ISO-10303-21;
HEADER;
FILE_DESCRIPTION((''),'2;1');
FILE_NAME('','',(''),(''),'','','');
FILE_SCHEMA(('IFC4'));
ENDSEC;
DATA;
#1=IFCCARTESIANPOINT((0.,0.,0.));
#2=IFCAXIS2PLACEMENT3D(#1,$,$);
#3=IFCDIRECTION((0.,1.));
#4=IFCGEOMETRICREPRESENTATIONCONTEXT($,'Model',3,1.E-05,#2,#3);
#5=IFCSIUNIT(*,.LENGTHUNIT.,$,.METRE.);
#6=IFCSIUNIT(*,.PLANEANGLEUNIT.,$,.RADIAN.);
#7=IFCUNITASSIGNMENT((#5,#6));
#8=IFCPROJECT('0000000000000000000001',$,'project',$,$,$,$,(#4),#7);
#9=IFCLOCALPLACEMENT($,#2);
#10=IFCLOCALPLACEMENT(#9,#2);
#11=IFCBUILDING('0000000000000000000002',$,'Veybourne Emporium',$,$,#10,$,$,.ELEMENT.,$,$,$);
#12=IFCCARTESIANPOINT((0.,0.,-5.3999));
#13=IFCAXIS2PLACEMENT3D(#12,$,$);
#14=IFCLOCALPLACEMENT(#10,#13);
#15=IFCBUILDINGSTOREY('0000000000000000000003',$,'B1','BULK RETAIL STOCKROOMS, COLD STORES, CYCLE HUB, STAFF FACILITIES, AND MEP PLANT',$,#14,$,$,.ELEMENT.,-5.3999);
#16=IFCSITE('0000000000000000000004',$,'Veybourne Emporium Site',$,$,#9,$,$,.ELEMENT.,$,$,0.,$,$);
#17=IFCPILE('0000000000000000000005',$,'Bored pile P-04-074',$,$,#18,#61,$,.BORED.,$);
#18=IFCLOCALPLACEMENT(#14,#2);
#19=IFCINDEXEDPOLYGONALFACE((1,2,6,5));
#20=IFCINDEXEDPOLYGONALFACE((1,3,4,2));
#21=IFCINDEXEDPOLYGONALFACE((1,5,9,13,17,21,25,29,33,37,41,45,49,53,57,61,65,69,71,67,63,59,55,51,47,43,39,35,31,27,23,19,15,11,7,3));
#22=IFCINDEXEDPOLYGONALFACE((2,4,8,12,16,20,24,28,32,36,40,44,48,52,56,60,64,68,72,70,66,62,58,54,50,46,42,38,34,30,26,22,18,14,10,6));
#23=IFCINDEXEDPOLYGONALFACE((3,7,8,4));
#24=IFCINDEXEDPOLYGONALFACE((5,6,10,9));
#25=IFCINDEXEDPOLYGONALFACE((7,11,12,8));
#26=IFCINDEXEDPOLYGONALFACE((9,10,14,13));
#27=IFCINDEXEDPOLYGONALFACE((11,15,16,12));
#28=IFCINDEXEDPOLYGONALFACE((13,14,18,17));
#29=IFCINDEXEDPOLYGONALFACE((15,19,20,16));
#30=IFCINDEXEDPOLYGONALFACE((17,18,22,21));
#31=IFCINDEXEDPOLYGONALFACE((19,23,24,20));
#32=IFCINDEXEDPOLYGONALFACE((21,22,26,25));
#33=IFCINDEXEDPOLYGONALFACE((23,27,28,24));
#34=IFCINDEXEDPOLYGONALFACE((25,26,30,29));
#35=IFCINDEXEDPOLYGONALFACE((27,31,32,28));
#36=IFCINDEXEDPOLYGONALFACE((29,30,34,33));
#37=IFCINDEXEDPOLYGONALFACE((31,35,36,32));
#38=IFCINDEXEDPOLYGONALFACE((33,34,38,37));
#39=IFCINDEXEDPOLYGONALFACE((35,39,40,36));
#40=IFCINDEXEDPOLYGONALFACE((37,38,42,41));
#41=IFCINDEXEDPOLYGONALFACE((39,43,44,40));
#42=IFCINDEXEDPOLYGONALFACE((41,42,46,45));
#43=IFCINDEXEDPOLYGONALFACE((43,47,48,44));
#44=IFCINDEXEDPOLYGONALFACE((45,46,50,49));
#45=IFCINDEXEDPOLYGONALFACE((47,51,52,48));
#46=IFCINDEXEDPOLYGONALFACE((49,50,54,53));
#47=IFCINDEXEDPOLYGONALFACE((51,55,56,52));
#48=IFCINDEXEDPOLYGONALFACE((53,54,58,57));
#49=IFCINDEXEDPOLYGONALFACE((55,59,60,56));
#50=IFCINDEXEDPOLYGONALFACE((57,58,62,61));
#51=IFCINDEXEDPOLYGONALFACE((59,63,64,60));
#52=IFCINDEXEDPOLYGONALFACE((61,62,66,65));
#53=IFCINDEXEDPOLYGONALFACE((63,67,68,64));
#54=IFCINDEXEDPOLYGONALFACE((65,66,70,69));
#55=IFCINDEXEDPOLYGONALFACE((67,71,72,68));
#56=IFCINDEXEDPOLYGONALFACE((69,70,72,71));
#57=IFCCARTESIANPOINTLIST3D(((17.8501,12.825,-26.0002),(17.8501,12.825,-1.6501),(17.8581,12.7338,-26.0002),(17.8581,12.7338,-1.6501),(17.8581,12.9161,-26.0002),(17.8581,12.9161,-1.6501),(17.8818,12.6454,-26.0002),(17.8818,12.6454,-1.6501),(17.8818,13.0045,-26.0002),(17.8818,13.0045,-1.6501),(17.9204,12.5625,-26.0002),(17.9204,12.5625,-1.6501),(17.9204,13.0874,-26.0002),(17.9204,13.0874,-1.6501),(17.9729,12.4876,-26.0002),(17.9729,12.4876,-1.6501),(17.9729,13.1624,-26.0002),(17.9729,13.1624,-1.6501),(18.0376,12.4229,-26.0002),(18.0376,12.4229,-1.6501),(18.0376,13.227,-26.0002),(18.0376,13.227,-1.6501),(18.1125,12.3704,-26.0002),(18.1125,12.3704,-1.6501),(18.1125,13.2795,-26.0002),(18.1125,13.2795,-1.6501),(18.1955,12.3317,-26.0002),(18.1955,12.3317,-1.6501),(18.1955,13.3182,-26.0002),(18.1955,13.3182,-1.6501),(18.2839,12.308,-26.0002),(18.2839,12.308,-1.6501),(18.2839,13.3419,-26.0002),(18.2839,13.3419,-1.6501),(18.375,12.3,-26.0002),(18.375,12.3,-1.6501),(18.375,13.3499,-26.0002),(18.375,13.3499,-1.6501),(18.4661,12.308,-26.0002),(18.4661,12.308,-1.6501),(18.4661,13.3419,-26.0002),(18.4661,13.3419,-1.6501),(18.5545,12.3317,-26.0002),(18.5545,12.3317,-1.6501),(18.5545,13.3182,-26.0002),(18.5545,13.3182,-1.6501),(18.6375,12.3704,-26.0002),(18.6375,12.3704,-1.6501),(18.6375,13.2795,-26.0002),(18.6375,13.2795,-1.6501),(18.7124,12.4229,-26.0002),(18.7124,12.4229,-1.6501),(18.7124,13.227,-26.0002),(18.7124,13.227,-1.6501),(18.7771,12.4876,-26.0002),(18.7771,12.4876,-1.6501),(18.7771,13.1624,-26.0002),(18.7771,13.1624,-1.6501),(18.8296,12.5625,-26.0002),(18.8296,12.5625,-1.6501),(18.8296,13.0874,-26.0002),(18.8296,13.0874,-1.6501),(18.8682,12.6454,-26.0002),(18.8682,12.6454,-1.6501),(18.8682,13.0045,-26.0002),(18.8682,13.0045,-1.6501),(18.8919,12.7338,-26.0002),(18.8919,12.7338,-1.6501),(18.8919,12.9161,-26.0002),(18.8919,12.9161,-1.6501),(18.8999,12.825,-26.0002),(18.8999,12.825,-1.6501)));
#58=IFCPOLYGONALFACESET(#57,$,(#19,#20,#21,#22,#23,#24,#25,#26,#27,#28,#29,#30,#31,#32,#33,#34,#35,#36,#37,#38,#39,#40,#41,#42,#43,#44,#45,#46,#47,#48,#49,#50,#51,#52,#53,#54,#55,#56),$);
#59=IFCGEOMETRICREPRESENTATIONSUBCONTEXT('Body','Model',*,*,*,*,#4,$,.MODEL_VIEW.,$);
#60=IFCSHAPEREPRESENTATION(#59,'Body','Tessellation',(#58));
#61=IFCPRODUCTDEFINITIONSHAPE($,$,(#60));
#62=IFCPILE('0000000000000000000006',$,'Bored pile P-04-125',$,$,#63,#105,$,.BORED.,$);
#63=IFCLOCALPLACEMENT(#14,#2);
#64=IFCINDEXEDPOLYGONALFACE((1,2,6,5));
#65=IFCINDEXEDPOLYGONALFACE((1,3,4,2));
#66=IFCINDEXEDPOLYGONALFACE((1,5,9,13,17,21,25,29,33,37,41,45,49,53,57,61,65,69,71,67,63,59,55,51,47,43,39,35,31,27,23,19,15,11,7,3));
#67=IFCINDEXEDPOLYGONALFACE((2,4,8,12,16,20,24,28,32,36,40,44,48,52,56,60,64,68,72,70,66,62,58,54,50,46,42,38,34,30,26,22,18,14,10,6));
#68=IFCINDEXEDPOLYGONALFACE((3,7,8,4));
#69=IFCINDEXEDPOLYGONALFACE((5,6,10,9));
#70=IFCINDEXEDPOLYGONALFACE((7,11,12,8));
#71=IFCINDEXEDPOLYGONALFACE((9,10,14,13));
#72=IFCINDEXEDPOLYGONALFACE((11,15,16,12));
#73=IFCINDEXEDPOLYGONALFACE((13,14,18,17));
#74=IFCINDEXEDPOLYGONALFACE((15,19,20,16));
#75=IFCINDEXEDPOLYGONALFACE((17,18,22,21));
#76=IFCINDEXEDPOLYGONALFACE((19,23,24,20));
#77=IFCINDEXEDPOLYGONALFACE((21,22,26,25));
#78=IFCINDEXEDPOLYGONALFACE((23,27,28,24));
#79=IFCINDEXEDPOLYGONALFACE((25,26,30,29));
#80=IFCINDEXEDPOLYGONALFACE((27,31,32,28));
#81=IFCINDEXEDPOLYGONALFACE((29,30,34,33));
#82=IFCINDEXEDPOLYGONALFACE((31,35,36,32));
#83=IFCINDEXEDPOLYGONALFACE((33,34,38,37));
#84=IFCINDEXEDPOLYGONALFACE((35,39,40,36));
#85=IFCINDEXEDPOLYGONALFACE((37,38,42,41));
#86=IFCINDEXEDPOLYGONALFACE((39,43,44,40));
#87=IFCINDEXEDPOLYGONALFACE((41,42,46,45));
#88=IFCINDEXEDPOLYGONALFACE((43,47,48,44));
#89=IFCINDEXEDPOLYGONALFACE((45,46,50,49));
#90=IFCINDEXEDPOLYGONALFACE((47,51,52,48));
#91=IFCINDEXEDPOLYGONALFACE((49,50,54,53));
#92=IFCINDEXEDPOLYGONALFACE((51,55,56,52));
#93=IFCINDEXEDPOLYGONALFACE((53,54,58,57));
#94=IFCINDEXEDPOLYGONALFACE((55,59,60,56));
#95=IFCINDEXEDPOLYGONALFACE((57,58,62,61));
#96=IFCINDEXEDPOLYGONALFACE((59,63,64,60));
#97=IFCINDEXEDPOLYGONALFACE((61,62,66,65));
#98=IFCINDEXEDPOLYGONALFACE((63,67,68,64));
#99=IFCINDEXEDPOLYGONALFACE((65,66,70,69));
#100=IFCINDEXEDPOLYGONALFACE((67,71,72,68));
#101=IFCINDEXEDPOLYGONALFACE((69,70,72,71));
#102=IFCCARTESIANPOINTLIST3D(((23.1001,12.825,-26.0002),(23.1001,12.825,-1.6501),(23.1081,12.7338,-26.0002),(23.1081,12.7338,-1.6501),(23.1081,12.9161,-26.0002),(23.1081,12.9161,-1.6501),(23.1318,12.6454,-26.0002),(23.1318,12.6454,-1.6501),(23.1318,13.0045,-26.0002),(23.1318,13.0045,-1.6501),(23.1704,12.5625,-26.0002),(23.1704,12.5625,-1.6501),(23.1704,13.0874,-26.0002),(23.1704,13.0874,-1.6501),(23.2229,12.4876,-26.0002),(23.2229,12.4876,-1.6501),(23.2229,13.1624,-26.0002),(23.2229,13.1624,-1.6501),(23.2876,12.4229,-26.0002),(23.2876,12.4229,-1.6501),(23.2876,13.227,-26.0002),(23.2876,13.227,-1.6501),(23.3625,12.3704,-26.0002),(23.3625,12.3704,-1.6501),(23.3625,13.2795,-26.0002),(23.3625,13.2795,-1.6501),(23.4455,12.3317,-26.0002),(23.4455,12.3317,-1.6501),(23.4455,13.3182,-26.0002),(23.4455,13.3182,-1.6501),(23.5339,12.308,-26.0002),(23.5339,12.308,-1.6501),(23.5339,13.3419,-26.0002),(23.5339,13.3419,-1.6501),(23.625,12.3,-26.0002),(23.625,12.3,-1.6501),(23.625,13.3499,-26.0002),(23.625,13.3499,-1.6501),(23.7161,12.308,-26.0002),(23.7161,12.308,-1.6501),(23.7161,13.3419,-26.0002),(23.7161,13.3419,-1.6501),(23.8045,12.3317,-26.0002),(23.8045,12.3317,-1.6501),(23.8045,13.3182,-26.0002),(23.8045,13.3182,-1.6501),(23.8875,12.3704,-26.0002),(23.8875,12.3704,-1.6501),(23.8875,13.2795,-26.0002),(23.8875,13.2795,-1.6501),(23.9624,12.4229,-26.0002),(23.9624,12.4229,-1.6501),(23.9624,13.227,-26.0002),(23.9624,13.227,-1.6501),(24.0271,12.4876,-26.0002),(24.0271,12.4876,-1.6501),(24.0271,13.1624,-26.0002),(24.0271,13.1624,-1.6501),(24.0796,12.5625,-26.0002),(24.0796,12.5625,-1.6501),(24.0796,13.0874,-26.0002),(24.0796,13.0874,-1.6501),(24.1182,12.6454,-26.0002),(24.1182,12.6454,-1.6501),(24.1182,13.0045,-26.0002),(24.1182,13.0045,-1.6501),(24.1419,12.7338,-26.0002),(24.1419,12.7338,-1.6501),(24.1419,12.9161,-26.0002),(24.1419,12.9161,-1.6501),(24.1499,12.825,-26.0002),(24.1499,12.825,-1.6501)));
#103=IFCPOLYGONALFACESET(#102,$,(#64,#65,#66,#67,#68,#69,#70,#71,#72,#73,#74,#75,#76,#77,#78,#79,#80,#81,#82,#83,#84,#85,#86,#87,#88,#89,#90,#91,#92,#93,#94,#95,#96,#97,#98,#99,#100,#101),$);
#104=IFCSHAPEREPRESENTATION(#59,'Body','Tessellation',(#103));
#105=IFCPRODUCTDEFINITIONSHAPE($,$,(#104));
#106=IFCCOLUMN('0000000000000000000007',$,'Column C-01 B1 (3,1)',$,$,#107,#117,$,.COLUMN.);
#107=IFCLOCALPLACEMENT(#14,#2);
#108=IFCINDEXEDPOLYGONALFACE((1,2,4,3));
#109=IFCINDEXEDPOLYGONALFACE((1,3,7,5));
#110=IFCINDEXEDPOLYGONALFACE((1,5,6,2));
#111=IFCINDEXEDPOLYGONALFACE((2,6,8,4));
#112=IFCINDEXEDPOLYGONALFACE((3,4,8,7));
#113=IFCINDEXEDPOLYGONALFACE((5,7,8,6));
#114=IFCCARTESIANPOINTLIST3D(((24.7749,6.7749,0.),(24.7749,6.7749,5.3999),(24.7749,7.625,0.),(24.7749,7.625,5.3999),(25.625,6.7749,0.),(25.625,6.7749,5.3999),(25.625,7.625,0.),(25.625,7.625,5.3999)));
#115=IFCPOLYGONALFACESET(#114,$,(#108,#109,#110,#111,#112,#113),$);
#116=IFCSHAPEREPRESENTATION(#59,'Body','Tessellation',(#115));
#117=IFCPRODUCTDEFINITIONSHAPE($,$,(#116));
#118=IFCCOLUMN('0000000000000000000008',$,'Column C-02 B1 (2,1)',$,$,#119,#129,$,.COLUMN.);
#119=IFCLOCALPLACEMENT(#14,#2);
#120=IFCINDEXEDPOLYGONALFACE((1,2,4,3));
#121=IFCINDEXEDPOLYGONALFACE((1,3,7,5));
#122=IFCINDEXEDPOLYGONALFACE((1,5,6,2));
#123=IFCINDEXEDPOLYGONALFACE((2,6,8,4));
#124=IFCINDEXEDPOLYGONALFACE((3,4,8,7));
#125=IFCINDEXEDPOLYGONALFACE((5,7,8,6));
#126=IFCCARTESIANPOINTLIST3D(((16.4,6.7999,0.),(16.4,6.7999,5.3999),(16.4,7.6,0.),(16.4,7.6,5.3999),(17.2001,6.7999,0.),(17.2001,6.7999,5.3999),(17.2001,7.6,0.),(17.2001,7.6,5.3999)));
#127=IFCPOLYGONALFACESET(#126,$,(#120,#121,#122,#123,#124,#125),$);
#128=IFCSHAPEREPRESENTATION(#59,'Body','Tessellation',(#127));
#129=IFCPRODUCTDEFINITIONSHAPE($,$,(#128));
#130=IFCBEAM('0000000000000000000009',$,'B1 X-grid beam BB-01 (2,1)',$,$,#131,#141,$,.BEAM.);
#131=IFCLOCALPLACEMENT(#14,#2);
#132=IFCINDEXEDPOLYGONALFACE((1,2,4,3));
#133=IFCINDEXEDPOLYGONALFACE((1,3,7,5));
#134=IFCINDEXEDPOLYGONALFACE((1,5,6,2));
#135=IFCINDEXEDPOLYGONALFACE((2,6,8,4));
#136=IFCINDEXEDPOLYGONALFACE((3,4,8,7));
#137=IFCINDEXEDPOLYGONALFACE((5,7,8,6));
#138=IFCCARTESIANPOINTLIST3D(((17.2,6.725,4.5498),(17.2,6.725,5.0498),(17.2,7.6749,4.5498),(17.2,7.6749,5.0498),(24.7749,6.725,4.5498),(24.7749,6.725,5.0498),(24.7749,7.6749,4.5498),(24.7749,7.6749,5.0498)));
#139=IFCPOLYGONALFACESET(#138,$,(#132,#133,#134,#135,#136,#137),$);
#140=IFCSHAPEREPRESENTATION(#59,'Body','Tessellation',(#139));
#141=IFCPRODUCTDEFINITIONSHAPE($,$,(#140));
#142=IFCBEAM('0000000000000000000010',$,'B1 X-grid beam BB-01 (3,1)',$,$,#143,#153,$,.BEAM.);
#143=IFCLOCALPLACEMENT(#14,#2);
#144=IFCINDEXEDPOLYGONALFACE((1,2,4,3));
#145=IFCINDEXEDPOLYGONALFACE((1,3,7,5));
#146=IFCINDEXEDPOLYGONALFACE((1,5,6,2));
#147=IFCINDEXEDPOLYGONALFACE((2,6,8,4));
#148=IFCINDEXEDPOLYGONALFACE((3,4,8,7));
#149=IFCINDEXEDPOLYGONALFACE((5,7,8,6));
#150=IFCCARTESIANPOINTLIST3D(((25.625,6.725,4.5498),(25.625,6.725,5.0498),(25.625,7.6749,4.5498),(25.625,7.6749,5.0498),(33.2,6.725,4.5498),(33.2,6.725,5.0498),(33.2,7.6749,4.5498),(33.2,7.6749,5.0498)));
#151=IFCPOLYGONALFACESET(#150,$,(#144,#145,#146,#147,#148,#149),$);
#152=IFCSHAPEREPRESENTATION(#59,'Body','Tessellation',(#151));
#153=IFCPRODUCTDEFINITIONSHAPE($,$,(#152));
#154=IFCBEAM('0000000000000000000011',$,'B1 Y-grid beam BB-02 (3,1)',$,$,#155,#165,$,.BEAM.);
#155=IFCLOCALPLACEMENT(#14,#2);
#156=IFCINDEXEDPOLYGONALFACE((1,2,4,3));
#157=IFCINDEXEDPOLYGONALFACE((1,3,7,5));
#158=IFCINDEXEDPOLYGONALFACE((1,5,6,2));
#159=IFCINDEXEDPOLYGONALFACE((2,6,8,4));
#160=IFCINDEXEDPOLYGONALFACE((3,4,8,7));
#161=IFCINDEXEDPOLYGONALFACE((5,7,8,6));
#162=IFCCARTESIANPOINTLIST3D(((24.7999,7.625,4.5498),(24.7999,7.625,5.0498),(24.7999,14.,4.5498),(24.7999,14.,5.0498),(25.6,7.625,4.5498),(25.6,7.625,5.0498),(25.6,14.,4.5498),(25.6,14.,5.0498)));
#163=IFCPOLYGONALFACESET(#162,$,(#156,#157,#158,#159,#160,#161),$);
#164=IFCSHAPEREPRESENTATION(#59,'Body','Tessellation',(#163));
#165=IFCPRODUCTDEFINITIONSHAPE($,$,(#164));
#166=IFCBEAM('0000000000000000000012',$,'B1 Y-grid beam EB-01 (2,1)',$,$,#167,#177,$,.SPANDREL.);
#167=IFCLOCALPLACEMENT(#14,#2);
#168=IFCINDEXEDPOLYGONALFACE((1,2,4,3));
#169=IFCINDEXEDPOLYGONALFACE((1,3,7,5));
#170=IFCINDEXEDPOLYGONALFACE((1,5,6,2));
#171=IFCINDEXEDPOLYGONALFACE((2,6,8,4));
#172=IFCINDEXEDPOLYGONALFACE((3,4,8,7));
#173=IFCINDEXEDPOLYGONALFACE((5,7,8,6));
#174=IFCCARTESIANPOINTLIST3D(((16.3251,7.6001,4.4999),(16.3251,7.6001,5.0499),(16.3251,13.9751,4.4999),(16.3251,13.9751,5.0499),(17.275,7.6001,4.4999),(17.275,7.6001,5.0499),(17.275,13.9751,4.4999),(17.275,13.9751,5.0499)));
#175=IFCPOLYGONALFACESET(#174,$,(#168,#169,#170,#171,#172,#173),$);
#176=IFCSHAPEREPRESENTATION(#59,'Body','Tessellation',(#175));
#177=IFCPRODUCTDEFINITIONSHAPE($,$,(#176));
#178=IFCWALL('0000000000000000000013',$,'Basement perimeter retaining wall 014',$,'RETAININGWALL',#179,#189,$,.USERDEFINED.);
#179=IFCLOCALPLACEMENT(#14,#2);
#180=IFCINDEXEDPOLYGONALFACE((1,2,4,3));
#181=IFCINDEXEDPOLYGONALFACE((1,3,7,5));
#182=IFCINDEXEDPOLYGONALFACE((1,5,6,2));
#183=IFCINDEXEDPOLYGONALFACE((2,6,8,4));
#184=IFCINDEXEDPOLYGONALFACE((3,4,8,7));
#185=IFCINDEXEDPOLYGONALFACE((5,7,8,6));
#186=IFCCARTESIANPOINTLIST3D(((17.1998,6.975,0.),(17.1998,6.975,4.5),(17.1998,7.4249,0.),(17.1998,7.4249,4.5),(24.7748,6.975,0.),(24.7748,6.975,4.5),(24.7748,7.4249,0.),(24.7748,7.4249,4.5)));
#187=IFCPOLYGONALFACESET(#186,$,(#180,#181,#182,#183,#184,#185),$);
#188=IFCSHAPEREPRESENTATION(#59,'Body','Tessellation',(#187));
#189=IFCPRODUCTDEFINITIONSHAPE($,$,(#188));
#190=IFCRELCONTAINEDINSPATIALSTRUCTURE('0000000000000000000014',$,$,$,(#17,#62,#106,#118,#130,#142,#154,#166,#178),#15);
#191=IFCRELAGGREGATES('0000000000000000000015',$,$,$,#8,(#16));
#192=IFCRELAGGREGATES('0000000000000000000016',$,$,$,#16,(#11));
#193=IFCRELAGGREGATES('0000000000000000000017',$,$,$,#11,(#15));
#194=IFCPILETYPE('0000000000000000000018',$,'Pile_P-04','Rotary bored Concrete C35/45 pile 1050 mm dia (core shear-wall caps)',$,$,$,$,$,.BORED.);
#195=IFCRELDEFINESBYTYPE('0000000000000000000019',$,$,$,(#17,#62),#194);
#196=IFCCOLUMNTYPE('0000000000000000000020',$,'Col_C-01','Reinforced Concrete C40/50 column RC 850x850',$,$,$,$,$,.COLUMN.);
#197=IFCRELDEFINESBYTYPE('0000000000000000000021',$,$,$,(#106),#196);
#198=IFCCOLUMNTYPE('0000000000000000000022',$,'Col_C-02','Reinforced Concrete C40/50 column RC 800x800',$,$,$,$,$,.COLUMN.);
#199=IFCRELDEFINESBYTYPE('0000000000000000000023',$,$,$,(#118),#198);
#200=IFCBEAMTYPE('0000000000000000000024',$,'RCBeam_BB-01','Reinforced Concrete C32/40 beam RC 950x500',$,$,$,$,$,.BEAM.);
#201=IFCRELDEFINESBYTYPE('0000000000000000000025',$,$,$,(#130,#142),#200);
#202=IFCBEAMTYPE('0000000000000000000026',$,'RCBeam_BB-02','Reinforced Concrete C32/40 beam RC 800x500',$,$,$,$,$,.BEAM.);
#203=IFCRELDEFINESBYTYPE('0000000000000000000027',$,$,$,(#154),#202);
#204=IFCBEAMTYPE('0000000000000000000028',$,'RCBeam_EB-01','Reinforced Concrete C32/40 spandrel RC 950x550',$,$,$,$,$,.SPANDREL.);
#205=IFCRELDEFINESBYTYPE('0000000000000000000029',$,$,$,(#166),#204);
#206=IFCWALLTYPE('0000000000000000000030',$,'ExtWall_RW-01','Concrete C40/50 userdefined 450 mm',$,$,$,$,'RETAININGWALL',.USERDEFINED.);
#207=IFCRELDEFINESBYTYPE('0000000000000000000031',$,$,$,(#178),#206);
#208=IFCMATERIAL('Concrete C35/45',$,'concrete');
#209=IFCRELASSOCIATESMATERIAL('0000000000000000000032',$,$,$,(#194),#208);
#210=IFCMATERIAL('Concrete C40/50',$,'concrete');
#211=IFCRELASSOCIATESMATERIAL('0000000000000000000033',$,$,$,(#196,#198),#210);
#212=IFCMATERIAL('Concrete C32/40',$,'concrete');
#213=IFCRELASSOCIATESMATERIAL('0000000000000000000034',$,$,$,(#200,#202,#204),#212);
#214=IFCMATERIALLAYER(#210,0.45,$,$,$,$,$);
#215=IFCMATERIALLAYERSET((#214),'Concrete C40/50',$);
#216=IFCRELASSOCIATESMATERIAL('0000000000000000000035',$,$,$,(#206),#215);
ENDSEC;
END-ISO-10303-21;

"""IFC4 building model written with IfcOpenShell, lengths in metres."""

from ifc_helpers import new_model, si_unit, direction, frame, frame_2d, origin, origin_2d, place, context, subcontext, project, spatial, rectangle, circle, extrude, material, layer, layer_set, material_profile, profile_set, type_object, element, save


model = new_model("IFC4")

# Units and contexts
model_context = context("Model", 3, precision=1e-05, world=origin(), true_north=direction((0.0, 1.0)))
body_context = subcontext(model_context, "Body", "Model", "MODEL_VIEW")
ifc_project = project(units=[si_unit("LENGTHUNIT", "METRE"), si_unit("PLANEANGLEUNIT", "RADIAN")], contexts=[model_context])

# Site, building, storey
site_placement = place(None, origin())
site = spatial("IfcSite", under=ifc_project, at=site_placement, Name="Veybourne Emporium Site", CompositionType="ELEMENT", RefElevation=0.0)
building_placement = place(site_placement, origin())
building = spatial("IfcBuilding", under=site, at=building_placement, Name="Veybourne Emporium", CompositionType="ELEMENT")
storey_placement = place(building_placement, frame((0.0, 0.0, -5.3999)))
storey = spatial("IfcBuildingStorey", under=building, at=storey_placement, Name="B1", Description="BULK RETAIL STOCKROOMS, COLD STORES, CYCLE HUB, STAFF FACILITIES, AND MEP PLANT", CompositionType="ELEMENT", Elevation=-5.3999)

# Shared definitions
ifc_material_1 = material(Name="Concrete C35/45", Category="concrete")

# Piles
ifc_material_profile_1 = material_profile(ifc_material_1, circle(Radius=0.5249, at=origin_2d()), Name="BORED PILE 1050")
ifc_profile_set_1 = profile_set([ifc_material_profile_1], Name="Concrete C35/45")
pile_type_1 = type_object("IfcPileType", Name="Pile_P-04", Description="Rotary bored Concrete C35/45 pile 1050 mm dia (core shear-wall caps)", PredefinedType="BORED", material=ifc_profile_set_1)
for number, where, z_axis, x_axis, name in (
    (1, (18.375, 12.825, -1.6501), (0.0, 0.0, -1.0), (1.0, 0.0, 0.0), "Bored pile P-04-074"),
    (2, (23.625, 12.825, -1.6501), (0.0, 0.0, -1.0), (1.0, 0.0, 0.0), "Bored pile P-04-125"),
):
    element("IfcPile", number, at=place(storey_placement, frame(where, z_axis=z_axis, x_axis=x_axis)), inside=storey, type_object=pile_type_1, Name=name, PredefinedType="BORED", context=body_context, shape_type="SweptSolid", body=[
        extrude(circle(Radius=0.5249, at=origin_2d()), origin(), (0.0, 0.0, 1.0), 24.3501),
    ])

# Columns
ifc_material_2 = material(Name="Concrete C40/50", Category="concrete")
ifc_material_profile_2 = material_profile(ifc_material_2, rectangle(XDim=0.8501, YDim=0.8501, at=origin_2d()), Name="RC 850x850")
ifc_profile_set_2 = profile_set([ifc_material_profile_2], Name="Concrete C40/50")
column_type_1 = type_object("IfcColumnType", Name="Col_C-01", Description="Reinforced Concrete C40/50 column RC 850x850", PredefinedType="COLUMN", material=ifc_profile_set_2)
column_1_placement = place(storey_placement, frame((25.2, 7.2, 0.0), z_axis=(0.0, 0.0, 1.0), x_axis=(1.0, 0.0, 0.0)))
element("IfcColumn", 3, at=column_1_placement, inside=storey, type_object=column_type_1, Name="Column C-01 B1 (3,1)", PredefinedType="COLUMN", context=body_context, shape_type="SweptSolid", body=[
    extrude(rectangle(XDim=0.8501, YDim=0.8501, at=origin_2d()), origin(), (0.0, 0.0, 1.0), 5.3999),
])
ifc_material_profile_3 = material_profile(ifc_material_2, rectangle(XDim=0.8, YDim=0.8, at=origin_2d()), Name="RC 800x800")
ifc_profile_set_3 = profile_set([ifc_material_profile_3], Name="Concrete C40/50")
column_type_2 = type_object("IfcColumnType", Name="Col_C-02", Description="Reinforced Concrete C40/50 column RC 800x800", PredefinedType="COLUMN", material=ifc_profile_set_3)
column_2_placement = place(storey_placement, frame((16.8, 7.2, 0.0), z_axis=(0.0, 0.0, 1.0), x_axis=(1.0, 0.0, 0.0)))
element("IfcColumn", 4, at=column_2_placement, inside=storey, type_object=column_type_2, Name="Column C-02 B1 (2,1)", PredefinedType="COLUMN", context=body_context, shape_type="SweptSolid", body=[
    extrude(rectangle(XDim=0.8, YDim=0.8, at=origin_2d()), origin(), (0.0, 0.0, 1.0), 5.3999),
])

# Beams
ifc_material_3 = material(Name="Concrete C32/40", Category="concrete")
ifc_material_profile_4 = material_profile(ifc_material_3, rectangle(XDim=0.95, YDim=0.5, at=origin_2d()), Name="RC 950x500")
ifc_profile_set_4 = profile_set([ifc_material_profile_4], Name="Concrete C32/40")
beam_type_1 = type_object("IfcBeamType", Name="RCBeam_BB-01", Description="Reinforced Concrete C32/40 beam RC 950x500", PredefinedType="BEAM", material=ifc_profile_set_4)
for number, where, z_axis, x_axis, name in (
    (5, (17.2, 7.2, 4.7998), (1.0, 0.0, 0.0), (0.0, 1.0, 0.0), "B1 X-grid beam BB-01 (2,1)"),
    (6, (25.625, 7.2, 4.7998), (1.0, 0.0, 0.0), (0.0, 1.0, 0.0), "B1 X-grid beam BB-01 (3,1)"),
):
    element("IfcBeam", number, at=place(storey_placement, frame(where, z_axis=z_axis, x_axis=x_axis)), inside=storey, type_object=beam_type_1, Name=name, PredefinedType="BEAM", context=body_context, shape_type="SweptSolid", body=[
        extrude(rectangle(XDim=0.95, YDim=0.5, at=origin_2d()), origin(), (0.0, 0.0, 1.0), 7.575),
    ])
ifc_material_profile_5 = material_profile(ifc_material_3, rectangle(XDim=0.8, YDim=0.5, at=origin_2d()), Name="RC 800x500")
ifc_profile_set_5 = profile_set([ifc_material_profile_5], Name="Concrete C32/40")
beam_type_2 = type_object("IfcBeamType", Name="RCBeam_BB-02", Description="Reinforced Concrete C32/40 beam RC 800x500", PredefinedType="BEAM", material=ifc_profile_set_5)
beam_1_placement = place(storey_placement, frame((25.2, 7.625, 4.7998), z_axis=(0.0, 1.0, 0.0), x_axis=(-1.0, 0.0, 0.0)))
element("IfcBeam", 7, at=beam_1_placement, inside=storey, type_object=beam_type_2, Name="B1 Y-grid beam BB-02 (3,1)", PredefinedType="BEAM", context=body_context, shape_type="SweptSolid", body=[
    extrude(rectangle(XDim=0.8, YDim=0.5, at=origin_2d()), origin(), (0.0, 0.0, 1.0), 6.375),
])
ifc_material_profile_6 = material_profile(ifc_material_3, rectangle(XDim=0.95, YDim=0.55, at=origin_2d()), Name="RC 950x550")
ifc_profile_set_6 = profile_set([ifc_material_profile_6], Name="Concrete C32/40")
beam_type_3 = type_object("IfcBeamType", Name="RCBeam_EB-01", Description="Reinforced Concrete C32/40 spandrel RC 950x550", PredefinedType="SPANDREL", material=ifc_profile_set_6)
beam_2_placement = place(storey_placement, frame((16.8, 7.6001, 4.7749), z_axis=(0.0, 1.0, 0.0), x_axis=(-1.0, 0.0, 0.0)))
element("IfcBeam", 8, at=beam_2_placement, inside=storey, type_object=beam_type_3, Name="B1 Y-grid beam EB-01 (2,1)", PredefinedType="SPANDREL", context=body_context, shape_type="SweptSolid", body=[
    extrude(rectangle(XDim=0.95, YDim=0.55, at=origin_2d()), origin(), (0.0, 0.0, 1.0), 6.375),
])

# Wall
ifc_layer_1 = layer(ifc_material_2, 0.45)
ifc_layer_set_1 = layer_set([ifc_layer_1], Name="Concrete C40/50")
wall_type_1 = type_object("IfcWallType", Name="ExtWall_RW-01", Description="Concrete C40/50 userdefined 450 mm", ElementType="RETAININGWALL", PredefinedType="USERDEFINED", material=ifc_layer_set_1)
wall_1_placement = place(storey_placement, frame((24.7749, 7.2, 0.0), z_axis=(0.0, 0.0, 1.0), x_axis=(-1.0, 0.0, 0.0)))
element("IfcWall", 9, at=wall_1_placement, inside=storey, type_object=wall_type_1, Name="Basement perimeter retaining wall 014", ObjectType="RETAININGWALL", PredefinedType="USERDEFINED", context=body_context, shape_type="SweptSolid", body=[
    extrude(rectangle(XDim=7.575, YDim=0.45, at=frame_2d((3.7876, 0.0))), origin(), (0.0, 0.0, 1.0), 4.5),
])

save(model, "model.ifc")
